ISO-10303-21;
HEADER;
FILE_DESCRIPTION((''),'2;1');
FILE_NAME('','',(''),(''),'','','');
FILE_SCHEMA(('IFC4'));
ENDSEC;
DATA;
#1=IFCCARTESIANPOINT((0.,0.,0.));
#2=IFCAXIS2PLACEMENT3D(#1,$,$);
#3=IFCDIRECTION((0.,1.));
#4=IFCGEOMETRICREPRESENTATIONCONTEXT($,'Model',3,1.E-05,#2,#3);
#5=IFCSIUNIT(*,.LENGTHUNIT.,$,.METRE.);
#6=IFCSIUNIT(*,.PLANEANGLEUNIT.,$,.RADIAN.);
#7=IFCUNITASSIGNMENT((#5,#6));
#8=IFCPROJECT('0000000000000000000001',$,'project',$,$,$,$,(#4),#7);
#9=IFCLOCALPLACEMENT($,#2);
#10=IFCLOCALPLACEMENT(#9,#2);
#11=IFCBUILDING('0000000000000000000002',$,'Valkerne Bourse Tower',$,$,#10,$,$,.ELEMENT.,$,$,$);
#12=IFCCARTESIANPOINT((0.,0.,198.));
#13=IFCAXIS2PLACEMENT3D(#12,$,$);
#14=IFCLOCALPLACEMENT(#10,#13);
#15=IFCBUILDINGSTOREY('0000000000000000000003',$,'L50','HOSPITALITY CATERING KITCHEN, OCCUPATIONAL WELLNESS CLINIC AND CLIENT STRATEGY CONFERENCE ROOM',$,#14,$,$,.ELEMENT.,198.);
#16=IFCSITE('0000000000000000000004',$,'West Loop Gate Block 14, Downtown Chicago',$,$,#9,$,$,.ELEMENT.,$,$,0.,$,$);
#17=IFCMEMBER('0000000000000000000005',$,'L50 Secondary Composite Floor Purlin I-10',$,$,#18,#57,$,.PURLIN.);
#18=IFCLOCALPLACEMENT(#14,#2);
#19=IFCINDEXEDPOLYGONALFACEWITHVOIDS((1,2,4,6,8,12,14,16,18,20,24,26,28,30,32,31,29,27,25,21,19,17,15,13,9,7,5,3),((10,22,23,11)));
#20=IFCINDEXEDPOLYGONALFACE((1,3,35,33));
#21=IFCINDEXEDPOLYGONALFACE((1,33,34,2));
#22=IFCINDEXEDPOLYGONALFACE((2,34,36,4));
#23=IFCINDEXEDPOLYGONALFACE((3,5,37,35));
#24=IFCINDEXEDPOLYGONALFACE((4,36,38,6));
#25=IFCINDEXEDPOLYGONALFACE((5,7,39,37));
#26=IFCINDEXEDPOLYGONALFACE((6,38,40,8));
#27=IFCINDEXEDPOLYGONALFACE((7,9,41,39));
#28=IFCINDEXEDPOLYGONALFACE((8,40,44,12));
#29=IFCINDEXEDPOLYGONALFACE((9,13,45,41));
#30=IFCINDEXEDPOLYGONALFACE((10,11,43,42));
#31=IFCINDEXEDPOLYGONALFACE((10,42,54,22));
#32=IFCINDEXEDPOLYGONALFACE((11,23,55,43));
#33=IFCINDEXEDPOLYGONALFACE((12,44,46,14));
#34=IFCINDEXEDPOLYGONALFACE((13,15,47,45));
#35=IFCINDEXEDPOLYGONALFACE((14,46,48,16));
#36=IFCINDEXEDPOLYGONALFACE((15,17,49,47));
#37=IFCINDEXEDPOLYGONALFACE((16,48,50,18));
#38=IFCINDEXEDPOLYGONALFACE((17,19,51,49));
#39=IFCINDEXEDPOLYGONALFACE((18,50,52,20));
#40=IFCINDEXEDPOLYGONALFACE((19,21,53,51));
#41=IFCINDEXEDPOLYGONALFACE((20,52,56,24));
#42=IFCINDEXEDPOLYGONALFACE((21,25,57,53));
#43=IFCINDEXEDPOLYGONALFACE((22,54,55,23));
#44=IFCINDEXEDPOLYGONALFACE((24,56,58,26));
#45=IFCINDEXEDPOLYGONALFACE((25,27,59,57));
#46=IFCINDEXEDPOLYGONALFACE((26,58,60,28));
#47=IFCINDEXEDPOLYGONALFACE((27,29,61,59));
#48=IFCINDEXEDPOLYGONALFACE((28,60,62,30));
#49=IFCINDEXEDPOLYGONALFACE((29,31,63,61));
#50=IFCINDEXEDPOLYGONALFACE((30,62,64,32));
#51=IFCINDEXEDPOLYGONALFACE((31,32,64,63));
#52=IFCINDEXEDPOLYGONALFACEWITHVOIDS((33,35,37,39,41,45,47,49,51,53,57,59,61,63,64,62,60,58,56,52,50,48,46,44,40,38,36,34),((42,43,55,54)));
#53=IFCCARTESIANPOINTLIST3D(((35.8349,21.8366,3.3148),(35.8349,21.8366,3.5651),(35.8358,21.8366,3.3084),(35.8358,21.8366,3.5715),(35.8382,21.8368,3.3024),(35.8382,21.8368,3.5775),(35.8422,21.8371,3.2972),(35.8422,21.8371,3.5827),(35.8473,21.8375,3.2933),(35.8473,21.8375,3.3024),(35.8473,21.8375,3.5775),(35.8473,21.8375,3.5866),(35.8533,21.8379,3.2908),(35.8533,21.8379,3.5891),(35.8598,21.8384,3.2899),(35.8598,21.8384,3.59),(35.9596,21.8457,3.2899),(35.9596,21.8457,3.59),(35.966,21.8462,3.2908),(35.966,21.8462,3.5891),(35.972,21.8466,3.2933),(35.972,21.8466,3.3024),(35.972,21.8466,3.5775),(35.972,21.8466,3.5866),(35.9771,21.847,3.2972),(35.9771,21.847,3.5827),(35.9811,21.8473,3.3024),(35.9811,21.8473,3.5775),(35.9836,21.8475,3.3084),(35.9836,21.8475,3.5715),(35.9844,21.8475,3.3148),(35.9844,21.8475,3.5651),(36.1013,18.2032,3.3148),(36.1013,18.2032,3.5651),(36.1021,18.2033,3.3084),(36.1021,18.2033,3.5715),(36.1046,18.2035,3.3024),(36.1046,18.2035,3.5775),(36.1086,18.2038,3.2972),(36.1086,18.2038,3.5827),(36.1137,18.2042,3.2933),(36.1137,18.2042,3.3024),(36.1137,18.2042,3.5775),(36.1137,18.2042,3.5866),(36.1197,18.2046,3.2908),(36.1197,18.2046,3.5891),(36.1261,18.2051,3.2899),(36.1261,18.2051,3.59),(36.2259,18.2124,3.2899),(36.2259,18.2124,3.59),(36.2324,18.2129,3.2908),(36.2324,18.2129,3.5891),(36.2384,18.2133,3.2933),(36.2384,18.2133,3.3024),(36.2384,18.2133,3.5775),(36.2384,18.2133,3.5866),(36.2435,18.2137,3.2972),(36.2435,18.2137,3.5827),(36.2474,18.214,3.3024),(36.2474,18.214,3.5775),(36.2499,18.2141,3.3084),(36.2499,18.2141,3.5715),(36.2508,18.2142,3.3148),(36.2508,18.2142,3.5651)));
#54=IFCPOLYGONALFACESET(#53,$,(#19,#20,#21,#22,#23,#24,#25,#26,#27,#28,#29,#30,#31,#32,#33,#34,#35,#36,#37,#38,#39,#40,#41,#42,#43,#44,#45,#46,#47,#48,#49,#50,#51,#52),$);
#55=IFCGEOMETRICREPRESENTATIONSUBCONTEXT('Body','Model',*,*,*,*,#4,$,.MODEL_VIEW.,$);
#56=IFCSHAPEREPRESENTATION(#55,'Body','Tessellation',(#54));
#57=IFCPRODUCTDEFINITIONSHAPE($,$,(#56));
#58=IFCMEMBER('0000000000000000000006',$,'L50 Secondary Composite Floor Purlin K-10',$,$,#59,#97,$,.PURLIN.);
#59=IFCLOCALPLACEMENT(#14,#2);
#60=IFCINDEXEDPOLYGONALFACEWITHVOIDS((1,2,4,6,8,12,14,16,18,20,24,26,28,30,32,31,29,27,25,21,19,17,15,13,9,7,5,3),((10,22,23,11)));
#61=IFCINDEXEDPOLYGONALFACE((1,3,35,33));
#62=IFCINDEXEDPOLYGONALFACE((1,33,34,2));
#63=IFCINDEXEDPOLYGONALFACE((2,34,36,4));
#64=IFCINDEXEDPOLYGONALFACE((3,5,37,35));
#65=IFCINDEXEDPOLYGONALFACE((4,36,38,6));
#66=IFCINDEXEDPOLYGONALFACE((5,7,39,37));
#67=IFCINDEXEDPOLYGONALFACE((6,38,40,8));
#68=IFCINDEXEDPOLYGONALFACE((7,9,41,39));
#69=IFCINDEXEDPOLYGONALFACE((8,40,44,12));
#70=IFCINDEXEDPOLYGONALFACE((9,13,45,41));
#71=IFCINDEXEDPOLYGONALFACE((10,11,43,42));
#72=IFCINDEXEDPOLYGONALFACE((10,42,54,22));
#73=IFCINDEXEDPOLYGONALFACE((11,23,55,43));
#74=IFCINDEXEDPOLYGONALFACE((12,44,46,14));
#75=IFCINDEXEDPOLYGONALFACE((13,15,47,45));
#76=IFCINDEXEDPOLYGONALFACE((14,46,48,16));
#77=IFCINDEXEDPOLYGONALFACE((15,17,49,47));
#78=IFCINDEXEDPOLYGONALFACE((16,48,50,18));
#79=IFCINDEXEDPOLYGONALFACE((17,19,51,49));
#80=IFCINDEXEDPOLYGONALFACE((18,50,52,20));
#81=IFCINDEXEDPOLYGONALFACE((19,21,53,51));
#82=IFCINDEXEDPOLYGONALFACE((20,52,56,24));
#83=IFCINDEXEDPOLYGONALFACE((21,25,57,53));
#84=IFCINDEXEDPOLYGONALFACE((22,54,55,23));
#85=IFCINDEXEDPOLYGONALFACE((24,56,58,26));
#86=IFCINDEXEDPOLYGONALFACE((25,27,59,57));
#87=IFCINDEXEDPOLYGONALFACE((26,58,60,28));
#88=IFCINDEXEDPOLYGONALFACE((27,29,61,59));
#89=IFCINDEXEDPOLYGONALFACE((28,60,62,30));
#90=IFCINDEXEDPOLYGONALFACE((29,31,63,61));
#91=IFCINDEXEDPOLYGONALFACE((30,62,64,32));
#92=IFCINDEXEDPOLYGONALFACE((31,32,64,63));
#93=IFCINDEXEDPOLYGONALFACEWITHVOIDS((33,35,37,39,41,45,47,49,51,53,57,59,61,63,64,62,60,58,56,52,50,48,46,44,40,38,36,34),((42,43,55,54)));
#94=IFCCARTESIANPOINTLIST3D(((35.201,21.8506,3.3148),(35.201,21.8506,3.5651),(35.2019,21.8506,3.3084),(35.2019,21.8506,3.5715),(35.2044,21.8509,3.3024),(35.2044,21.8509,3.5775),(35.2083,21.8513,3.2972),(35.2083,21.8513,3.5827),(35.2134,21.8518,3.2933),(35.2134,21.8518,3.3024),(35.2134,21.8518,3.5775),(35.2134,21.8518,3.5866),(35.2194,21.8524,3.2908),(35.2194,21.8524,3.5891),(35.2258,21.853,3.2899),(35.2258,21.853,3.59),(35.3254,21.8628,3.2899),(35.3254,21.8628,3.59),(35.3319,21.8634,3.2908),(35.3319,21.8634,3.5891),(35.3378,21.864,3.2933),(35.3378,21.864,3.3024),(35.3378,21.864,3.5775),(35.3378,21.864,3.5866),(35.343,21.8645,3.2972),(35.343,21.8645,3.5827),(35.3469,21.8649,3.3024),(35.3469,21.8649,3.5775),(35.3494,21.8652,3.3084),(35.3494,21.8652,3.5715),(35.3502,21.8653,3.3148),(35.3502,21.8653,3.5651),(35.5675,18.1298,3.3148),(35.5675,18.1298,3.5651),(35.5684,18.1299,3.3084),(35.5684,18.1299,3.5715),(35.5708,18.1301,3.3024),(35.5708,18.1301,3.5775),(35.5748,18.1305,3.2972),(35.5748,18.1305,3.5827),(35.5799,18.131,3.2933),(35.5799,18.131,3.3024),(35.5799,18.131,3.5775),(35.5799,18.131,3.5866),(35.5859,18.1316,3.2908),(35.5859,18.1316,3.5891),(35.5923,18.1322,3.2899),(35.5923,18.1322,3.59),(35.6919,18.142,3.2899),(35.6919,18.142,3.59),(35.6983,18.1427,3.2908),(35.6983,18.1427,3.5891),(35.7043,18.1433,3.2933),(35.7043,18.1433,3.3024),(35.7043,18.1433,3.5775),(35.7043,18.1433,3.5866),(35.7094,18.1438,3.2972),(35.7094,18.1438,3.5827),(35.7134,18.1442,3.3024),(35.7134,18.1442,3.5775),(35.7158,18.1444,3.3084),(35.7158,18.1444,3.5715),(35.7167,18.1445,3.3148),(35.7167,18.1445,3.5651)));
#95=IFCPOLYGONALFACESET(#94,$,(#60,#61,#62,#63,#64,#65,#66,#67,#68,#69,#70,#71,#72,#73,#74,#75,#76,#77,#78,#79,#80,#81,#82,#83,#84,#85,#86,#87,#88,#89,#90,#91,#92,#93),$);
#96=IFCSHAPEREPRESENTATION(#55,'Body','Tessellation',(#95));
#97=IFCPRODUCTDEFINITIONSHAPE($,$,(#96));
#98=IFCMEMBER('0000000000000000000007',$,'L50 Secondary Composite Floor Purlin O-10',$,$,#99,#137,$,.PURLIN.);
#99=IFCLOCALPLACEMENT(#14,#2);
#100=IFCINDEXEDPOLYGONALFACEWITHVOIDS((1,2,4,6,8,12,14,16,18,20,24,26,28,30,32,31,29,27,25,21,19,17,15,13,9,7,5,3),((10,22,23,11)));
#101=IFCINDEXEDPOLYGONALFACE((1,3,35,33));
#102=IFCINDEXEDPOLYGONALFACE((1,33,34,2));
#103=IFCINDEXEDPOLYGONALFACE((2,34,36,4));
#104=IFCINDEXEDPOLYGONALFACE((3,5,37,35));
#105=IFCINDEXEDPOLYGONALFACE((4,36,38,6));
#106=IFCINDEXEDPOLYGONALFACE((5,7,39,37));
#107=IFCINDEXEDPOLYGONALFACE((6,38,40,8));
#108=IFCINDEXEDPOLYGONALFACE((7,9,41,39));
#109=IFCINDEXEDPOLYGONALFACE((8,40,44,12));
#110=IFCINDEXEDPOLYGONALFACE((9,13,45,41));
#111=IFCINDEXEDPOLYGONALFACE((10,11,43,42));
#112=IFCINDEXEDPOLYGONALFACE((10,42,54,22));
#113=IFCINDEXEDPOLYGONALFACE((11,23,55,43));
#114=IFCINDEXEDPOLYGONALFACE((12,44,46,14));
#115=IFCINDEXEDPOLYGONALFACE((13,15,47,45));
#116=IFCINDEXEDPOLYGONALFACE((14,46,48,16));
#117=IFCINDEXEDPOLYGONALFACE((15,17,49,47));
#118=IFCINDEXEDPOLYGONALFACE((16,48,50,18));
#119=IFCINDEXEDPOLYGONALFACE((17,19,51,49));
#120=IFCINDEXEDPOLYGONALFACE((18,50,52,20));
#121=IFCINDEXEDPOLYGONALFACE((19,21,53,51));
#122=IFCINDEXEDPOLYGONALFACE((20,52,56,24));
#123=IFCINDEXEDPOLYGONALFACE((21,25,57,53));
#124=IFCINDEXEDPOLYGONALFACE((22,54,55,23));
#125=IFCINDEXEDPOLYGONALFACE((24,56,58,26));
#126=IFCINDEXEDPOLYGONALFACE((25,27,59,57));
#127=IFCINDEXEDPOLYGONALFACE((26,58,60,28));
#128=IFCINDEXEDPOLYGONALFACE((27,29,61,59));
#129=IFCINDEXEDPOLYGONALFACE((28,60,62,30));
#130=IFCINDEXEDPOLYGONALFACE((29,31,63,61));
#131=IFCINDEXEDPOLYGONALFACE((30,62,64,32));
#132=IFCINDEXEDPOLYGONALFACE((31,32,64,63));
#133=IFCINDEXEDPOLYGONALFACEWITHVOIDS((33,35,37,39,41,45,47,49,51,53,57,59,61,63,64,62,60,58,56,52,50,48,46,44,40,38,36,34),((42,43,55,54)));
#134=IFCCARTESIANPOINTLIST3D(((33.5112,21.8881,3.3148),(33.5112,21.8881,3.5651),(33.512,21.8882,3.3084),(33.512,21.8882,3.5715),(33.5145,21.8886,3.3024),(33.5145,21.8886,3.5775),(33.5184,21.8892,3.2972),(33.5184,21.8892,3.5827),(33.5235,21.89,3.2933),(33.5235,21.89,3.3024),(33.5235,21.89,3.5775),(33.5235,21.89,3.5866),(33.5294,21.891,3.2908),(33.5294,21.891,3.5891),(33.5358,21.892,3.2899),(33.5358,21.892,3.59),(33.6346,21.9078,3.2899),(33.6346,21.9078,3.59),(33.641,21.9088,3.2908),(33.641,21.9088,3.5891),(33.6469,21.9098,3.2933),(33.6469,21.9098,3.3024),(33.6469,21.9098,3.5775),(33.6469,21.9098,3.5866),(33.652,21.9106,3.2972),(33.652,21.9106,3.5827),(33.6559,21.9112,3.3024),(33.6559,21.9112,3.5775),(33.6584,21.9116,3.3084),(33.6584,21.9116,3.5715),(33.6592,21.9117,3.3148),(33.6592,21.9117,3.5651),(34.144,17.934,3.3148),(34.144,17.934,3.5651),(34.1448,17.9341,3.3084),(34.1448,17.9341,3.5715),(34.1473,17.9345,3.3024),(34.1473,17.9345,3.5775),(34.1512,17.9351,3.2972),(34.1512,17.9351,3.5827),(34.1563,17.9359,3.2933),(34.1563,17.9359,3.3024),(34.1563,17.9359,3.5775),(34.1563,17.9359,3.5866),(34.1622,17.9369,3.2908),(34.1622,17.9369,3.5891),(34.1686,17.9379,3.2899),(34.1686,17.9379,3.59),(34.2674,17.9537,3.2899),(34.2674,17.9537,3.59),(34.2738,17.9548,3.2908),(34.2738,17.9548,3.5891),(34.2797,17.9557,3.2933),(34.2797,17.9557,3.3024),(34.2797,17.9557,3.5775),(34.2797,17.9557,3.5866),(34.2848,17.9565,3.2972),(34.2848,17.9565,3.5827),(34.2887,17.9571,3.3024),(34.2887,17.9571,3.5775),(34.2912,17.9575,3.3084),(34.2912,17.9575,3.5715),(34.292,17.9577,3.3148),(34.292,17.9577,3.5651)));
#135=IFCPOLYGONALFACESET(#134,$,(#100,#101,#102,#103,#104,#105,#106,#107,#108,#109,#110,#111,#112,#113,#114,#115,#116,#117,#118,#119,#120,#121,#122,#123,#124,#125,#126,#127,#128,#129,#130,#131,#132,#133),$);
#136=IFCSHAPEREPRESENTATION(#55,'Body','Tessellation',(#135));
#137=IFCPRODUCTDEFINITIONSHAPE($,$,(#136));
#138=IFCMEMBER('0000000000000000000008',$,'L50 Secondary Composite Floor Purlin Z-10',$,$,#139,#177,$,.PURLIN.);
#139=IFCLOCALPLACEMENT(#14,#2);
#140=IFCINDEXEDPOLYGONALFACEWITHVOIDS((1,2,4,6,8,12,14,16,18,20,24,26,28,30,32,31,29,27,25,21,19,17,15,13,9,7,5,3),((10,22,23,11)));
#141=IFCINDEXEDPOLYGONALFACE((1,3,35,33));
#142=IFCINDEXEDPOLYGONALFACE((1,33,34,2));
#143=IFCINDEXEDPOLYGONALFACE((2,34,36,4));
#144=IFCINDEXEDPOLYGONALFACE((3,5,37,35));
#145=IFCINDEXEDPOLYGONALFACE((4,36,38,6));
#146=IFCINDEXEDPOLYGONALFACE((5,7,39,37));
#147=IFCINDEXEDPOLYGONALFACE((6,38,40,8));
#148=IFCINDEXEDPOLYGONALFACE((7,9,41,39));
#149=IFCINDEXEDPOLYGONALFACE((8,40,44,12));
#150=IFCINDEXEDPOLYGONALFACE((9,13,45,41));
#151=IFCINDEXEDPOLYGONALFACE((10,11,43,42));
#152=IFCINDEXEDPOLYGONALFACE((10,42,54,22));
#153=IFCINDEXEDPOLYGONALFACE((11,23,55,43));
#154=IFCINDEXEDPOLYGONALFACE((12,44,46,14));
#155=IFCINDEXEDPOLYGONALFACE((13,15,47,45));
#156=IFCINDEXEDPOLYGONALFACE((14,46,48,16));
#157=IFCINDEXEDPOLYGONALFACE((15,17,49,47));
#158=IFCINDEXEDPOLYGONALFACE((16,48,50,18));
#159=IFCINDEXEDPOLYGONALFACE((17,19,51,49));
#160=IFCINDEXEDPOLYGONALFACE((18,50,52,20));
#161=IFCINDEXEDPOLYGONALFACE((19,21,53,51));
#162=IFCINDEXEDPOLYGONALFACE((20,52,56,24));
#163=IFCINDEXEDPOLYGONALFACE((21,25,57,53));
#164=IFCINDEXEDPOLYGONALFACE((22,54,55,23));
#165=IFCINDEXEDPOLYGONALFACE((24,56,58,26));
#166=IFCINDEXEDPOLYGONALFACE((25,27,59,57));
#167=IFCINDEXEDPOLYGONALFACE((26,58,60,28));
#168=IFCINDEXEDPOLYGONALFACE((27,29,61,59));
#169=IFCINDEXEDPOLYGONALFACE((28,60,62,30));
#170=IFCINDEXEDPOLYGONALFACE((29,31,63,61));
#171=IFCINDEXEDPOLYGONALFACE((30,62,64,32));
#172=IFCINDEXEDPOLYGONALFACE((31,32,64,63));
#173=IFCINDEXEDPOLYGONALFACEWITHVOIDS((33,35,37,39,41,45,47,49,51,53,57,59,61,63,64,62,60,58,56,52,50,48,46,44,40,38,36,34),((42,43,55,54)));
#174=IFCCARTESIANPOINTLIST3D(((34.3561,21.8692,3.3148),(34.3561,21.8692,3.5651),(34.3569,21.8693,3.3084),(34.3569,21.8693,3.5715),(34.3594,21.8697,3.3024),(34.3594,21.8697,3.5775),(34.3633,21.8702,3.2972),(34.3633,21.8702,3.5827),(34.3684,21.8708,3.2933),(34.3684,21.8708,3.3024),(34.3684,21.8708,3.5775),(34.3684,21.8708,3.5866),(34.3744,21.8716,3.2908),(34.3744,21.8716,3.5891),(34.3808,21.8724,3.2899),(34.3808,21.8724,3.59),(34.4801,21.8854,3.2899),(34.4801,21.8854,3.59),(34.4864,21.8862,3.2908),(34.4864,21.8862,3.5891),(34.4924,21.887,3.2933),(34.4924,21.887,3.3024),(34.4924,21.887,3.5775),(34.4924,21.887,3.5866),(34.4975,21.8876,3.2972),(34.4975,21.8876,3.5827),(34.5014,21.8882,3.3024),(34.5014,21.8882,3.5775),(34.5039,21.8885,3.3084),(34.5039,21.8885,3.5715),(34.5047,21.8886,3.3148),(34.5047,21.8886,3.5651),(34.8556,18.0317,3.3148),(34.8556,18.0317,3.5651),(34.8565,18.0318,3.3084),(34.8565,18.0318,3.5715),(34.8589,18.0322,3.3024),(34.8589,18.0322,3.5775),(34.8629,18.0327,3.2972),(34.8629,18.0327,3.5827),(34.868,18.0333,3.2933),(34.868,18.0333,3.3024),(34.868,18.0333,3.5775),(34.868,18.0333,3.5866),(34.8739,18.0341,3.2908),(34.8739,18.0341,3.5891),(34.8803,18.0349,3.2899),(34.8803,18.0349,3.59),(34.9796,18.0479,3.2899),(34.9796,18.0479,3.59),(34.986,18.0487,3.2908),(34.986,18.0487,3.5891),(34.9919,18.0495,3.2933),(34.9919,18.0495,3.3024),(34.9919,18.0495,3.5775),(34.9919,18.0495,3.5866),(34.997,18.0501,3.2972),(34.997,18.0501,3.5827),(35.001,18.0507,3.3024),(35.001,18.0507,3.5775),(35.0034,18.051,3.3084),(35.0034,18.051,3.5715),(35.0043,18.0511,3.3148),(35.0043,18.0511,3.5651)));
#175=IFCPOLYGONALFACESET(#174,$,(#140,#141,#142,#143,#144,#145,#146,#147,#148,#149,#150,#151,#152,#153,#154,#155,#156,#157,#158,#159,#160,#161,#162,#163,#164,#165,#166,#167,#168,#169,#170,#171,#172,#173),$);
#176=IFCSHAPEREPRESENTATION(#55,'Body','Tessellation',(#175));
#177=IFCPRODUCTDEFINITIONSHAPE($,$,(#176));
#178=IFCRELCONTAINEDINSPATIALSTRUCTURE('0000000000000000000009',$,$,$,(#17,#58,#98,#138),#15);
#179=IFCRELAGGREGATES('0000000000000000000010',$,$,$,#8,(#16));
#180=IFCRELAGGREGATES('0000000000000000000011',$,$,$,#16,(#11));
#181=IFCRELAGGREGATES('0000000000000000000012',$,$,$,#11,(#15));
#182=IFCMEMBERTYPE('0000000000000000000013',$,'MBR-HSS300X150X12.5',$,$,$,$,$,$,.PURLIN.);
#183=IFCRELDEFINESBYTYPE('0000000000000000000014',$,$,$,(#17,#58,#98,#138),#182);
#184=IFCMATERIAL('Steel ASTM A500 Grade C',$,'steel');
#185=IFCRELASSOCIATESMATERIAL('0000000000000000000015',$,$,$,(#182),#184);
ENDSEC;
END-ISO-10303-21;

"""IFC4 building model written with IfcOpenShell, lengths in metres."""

from ifc_helpers import new_model, si_unit, direction, frame, origin, origin_2d, place, context, subcontext, project, spatial, hollow_rectangle, extrude, material, material_profile, profile_set, type_object, element, save


model = new_model("IFC4")

# Units and contexts
model_context = context("Model", 3, precision=1e-05, world=origin(), true_north=direction((0.0, 1.0)))
body_context = subcontext(model_context, "Body", "Model", "MODEL_VIEW")
ifc_project = project(units=[si_unit("LENGTHUNIT", "METRE"), si_unit("PLANEANGLEUNIT", "RADIAN")], contexts=[model_context])

# Site, building, storey
site_placement = place(None, origin())
site = spatial("IfcSite", under=ifc_project, at=site_placement, Name="West Loop Gate Block 14, Downtown Chicago", CompositionType="ELEMENT", RefElevation=0.0)
building_placement = place(site_placement, origin())
building = spatial("IfcBuilding", under=site, at=building_placement, Name="Valkerne Bourse Tower", CompositionType="ELEMENT")
storey_placement = place(building_placement, frame((0.0, 0.0, 198.0)))
storey = spatial("IfcBuildingStorey", under=building, at=storey_placement, Name="L50", Description="HOSPITALITY CATERING KITCHEN, OCCUPATIONAL WELLNESS CLINIC AND CLIENT STRATEGY CONFERENCE ROOM", CompositionType="ELEMENT", Elevation=198.0)

# Members
ifc_material_1 = material(Name="Steel ASTM A500 Grade C", Category="steel")
ifc_material_profile_1 = material_profile(ifc_material_1, hollow_rectangle(XDim=0.1499, YDim=0.3, WallThickness=0.0125, OuterFilletRadius=0.0249, at=origin_2d()), Name="HSS300X150X12.5")
ifc_profile_set_1 = profile_set([ifc_material_profile_1], Name="Steel ASTM A500 Grade C")
member_type_1 = type_object("IfcMemberType", Name="MBR-HSS300X150X12.5", PredefinedType="PURLIN", material=ifc_profile_set_1)
member_1_placement = place(storey_placement, frame((35.9097, 21.842, 3.4399), z_axis=(0.073114, -0.997324, 0.0), x_axis=(0.997324, 0.073114, 0.0)))
element("IfcMember", 1, at=member_1_placement, inside=storey, type_object=member_type_1, Name="L50 Secondary Composite Floor Purlin I-10", PredefinedType="PURLIN", context=body_context, shape_type="SweptSolid", body=[
    extrude(hollow_rectangle(XDim=0.1499, YDim=0.3, WallThickness=0.0125, OuterFilletRadius=0.0249, at=origin_2d()), origin(), (0.0, 0.0, 1.0), 3.6431),
])
member_2_placement = place(storey_placement, frame((35.2756, 21.8579, 3.4399), z_axis=(0.098017, -0.995185, 0.0), x_axis=(0.995185, 0.098017, 0.0)))
element("IfcMember", 2, at=member_2_placement, inside=storey, type_object=member_type_1, Name="L50 Secondary Composite Floor Purlin K-10", PredefinedType="PURLIN", context=body_context, shape_type="SweptSolid", body=[
    extrude(hollow_rectangle(XDim=0.1499, YDim=0.3, WallThickness=0.0125, OuterFilletRadius=0.0249, at=origin_2d()), origin(), (0.0, 0.0, 1.0), 3.7388),
])
member_3_placement = place(storey_placement, frame((33.5852, 21.8999, 3.4399), z_axis=(0.158029, -0.987435, 0.0), x_axis=(0.987435, 0.158029, 0.0)))
element("IfcMember", 3, at=member_3_placement, inside=storey, type_object=member_type_1, Name="L50 Secondary Composite Floor Purlin O-10", PredefinedType="PURLIN", context=body_context, shape_type="SweptSolid", body=[
    extrude(hollow_rectangle(XDim=0.1499, YDim=0.3, WallThickness=0.0125, OuterFilletRadius=0.0249, at=origin_2d()), origin(), (0.0, 0.0, 1.0), 4.0044),
])
member_4_placement = place(storey_placement, frame((34.4304, 21.8789, 3.4399), z_axis=(0.12908, -0.991634, 0.0), x_axis=(0.991634, 0.12908, 0.0)))
element("IfcMember", 4, at=member_4_placement, inside=storey, type_object=member_type_1, Name="L50 Secondary Composite Floor Purlin Z-10", PredefinedType="PURLIN", context=body_context, shape_type="SweptSolid", body=[
    extrude(hollow_rectangle(XDim=0.1499, YDim=0.3, WallThickness=0.0125, OuterFilletRadius=0.0249, at=origin_2d()), origin(), (0.0, 0.0, 1.0), 3.8699),
])

save(model, "model.ifc")
